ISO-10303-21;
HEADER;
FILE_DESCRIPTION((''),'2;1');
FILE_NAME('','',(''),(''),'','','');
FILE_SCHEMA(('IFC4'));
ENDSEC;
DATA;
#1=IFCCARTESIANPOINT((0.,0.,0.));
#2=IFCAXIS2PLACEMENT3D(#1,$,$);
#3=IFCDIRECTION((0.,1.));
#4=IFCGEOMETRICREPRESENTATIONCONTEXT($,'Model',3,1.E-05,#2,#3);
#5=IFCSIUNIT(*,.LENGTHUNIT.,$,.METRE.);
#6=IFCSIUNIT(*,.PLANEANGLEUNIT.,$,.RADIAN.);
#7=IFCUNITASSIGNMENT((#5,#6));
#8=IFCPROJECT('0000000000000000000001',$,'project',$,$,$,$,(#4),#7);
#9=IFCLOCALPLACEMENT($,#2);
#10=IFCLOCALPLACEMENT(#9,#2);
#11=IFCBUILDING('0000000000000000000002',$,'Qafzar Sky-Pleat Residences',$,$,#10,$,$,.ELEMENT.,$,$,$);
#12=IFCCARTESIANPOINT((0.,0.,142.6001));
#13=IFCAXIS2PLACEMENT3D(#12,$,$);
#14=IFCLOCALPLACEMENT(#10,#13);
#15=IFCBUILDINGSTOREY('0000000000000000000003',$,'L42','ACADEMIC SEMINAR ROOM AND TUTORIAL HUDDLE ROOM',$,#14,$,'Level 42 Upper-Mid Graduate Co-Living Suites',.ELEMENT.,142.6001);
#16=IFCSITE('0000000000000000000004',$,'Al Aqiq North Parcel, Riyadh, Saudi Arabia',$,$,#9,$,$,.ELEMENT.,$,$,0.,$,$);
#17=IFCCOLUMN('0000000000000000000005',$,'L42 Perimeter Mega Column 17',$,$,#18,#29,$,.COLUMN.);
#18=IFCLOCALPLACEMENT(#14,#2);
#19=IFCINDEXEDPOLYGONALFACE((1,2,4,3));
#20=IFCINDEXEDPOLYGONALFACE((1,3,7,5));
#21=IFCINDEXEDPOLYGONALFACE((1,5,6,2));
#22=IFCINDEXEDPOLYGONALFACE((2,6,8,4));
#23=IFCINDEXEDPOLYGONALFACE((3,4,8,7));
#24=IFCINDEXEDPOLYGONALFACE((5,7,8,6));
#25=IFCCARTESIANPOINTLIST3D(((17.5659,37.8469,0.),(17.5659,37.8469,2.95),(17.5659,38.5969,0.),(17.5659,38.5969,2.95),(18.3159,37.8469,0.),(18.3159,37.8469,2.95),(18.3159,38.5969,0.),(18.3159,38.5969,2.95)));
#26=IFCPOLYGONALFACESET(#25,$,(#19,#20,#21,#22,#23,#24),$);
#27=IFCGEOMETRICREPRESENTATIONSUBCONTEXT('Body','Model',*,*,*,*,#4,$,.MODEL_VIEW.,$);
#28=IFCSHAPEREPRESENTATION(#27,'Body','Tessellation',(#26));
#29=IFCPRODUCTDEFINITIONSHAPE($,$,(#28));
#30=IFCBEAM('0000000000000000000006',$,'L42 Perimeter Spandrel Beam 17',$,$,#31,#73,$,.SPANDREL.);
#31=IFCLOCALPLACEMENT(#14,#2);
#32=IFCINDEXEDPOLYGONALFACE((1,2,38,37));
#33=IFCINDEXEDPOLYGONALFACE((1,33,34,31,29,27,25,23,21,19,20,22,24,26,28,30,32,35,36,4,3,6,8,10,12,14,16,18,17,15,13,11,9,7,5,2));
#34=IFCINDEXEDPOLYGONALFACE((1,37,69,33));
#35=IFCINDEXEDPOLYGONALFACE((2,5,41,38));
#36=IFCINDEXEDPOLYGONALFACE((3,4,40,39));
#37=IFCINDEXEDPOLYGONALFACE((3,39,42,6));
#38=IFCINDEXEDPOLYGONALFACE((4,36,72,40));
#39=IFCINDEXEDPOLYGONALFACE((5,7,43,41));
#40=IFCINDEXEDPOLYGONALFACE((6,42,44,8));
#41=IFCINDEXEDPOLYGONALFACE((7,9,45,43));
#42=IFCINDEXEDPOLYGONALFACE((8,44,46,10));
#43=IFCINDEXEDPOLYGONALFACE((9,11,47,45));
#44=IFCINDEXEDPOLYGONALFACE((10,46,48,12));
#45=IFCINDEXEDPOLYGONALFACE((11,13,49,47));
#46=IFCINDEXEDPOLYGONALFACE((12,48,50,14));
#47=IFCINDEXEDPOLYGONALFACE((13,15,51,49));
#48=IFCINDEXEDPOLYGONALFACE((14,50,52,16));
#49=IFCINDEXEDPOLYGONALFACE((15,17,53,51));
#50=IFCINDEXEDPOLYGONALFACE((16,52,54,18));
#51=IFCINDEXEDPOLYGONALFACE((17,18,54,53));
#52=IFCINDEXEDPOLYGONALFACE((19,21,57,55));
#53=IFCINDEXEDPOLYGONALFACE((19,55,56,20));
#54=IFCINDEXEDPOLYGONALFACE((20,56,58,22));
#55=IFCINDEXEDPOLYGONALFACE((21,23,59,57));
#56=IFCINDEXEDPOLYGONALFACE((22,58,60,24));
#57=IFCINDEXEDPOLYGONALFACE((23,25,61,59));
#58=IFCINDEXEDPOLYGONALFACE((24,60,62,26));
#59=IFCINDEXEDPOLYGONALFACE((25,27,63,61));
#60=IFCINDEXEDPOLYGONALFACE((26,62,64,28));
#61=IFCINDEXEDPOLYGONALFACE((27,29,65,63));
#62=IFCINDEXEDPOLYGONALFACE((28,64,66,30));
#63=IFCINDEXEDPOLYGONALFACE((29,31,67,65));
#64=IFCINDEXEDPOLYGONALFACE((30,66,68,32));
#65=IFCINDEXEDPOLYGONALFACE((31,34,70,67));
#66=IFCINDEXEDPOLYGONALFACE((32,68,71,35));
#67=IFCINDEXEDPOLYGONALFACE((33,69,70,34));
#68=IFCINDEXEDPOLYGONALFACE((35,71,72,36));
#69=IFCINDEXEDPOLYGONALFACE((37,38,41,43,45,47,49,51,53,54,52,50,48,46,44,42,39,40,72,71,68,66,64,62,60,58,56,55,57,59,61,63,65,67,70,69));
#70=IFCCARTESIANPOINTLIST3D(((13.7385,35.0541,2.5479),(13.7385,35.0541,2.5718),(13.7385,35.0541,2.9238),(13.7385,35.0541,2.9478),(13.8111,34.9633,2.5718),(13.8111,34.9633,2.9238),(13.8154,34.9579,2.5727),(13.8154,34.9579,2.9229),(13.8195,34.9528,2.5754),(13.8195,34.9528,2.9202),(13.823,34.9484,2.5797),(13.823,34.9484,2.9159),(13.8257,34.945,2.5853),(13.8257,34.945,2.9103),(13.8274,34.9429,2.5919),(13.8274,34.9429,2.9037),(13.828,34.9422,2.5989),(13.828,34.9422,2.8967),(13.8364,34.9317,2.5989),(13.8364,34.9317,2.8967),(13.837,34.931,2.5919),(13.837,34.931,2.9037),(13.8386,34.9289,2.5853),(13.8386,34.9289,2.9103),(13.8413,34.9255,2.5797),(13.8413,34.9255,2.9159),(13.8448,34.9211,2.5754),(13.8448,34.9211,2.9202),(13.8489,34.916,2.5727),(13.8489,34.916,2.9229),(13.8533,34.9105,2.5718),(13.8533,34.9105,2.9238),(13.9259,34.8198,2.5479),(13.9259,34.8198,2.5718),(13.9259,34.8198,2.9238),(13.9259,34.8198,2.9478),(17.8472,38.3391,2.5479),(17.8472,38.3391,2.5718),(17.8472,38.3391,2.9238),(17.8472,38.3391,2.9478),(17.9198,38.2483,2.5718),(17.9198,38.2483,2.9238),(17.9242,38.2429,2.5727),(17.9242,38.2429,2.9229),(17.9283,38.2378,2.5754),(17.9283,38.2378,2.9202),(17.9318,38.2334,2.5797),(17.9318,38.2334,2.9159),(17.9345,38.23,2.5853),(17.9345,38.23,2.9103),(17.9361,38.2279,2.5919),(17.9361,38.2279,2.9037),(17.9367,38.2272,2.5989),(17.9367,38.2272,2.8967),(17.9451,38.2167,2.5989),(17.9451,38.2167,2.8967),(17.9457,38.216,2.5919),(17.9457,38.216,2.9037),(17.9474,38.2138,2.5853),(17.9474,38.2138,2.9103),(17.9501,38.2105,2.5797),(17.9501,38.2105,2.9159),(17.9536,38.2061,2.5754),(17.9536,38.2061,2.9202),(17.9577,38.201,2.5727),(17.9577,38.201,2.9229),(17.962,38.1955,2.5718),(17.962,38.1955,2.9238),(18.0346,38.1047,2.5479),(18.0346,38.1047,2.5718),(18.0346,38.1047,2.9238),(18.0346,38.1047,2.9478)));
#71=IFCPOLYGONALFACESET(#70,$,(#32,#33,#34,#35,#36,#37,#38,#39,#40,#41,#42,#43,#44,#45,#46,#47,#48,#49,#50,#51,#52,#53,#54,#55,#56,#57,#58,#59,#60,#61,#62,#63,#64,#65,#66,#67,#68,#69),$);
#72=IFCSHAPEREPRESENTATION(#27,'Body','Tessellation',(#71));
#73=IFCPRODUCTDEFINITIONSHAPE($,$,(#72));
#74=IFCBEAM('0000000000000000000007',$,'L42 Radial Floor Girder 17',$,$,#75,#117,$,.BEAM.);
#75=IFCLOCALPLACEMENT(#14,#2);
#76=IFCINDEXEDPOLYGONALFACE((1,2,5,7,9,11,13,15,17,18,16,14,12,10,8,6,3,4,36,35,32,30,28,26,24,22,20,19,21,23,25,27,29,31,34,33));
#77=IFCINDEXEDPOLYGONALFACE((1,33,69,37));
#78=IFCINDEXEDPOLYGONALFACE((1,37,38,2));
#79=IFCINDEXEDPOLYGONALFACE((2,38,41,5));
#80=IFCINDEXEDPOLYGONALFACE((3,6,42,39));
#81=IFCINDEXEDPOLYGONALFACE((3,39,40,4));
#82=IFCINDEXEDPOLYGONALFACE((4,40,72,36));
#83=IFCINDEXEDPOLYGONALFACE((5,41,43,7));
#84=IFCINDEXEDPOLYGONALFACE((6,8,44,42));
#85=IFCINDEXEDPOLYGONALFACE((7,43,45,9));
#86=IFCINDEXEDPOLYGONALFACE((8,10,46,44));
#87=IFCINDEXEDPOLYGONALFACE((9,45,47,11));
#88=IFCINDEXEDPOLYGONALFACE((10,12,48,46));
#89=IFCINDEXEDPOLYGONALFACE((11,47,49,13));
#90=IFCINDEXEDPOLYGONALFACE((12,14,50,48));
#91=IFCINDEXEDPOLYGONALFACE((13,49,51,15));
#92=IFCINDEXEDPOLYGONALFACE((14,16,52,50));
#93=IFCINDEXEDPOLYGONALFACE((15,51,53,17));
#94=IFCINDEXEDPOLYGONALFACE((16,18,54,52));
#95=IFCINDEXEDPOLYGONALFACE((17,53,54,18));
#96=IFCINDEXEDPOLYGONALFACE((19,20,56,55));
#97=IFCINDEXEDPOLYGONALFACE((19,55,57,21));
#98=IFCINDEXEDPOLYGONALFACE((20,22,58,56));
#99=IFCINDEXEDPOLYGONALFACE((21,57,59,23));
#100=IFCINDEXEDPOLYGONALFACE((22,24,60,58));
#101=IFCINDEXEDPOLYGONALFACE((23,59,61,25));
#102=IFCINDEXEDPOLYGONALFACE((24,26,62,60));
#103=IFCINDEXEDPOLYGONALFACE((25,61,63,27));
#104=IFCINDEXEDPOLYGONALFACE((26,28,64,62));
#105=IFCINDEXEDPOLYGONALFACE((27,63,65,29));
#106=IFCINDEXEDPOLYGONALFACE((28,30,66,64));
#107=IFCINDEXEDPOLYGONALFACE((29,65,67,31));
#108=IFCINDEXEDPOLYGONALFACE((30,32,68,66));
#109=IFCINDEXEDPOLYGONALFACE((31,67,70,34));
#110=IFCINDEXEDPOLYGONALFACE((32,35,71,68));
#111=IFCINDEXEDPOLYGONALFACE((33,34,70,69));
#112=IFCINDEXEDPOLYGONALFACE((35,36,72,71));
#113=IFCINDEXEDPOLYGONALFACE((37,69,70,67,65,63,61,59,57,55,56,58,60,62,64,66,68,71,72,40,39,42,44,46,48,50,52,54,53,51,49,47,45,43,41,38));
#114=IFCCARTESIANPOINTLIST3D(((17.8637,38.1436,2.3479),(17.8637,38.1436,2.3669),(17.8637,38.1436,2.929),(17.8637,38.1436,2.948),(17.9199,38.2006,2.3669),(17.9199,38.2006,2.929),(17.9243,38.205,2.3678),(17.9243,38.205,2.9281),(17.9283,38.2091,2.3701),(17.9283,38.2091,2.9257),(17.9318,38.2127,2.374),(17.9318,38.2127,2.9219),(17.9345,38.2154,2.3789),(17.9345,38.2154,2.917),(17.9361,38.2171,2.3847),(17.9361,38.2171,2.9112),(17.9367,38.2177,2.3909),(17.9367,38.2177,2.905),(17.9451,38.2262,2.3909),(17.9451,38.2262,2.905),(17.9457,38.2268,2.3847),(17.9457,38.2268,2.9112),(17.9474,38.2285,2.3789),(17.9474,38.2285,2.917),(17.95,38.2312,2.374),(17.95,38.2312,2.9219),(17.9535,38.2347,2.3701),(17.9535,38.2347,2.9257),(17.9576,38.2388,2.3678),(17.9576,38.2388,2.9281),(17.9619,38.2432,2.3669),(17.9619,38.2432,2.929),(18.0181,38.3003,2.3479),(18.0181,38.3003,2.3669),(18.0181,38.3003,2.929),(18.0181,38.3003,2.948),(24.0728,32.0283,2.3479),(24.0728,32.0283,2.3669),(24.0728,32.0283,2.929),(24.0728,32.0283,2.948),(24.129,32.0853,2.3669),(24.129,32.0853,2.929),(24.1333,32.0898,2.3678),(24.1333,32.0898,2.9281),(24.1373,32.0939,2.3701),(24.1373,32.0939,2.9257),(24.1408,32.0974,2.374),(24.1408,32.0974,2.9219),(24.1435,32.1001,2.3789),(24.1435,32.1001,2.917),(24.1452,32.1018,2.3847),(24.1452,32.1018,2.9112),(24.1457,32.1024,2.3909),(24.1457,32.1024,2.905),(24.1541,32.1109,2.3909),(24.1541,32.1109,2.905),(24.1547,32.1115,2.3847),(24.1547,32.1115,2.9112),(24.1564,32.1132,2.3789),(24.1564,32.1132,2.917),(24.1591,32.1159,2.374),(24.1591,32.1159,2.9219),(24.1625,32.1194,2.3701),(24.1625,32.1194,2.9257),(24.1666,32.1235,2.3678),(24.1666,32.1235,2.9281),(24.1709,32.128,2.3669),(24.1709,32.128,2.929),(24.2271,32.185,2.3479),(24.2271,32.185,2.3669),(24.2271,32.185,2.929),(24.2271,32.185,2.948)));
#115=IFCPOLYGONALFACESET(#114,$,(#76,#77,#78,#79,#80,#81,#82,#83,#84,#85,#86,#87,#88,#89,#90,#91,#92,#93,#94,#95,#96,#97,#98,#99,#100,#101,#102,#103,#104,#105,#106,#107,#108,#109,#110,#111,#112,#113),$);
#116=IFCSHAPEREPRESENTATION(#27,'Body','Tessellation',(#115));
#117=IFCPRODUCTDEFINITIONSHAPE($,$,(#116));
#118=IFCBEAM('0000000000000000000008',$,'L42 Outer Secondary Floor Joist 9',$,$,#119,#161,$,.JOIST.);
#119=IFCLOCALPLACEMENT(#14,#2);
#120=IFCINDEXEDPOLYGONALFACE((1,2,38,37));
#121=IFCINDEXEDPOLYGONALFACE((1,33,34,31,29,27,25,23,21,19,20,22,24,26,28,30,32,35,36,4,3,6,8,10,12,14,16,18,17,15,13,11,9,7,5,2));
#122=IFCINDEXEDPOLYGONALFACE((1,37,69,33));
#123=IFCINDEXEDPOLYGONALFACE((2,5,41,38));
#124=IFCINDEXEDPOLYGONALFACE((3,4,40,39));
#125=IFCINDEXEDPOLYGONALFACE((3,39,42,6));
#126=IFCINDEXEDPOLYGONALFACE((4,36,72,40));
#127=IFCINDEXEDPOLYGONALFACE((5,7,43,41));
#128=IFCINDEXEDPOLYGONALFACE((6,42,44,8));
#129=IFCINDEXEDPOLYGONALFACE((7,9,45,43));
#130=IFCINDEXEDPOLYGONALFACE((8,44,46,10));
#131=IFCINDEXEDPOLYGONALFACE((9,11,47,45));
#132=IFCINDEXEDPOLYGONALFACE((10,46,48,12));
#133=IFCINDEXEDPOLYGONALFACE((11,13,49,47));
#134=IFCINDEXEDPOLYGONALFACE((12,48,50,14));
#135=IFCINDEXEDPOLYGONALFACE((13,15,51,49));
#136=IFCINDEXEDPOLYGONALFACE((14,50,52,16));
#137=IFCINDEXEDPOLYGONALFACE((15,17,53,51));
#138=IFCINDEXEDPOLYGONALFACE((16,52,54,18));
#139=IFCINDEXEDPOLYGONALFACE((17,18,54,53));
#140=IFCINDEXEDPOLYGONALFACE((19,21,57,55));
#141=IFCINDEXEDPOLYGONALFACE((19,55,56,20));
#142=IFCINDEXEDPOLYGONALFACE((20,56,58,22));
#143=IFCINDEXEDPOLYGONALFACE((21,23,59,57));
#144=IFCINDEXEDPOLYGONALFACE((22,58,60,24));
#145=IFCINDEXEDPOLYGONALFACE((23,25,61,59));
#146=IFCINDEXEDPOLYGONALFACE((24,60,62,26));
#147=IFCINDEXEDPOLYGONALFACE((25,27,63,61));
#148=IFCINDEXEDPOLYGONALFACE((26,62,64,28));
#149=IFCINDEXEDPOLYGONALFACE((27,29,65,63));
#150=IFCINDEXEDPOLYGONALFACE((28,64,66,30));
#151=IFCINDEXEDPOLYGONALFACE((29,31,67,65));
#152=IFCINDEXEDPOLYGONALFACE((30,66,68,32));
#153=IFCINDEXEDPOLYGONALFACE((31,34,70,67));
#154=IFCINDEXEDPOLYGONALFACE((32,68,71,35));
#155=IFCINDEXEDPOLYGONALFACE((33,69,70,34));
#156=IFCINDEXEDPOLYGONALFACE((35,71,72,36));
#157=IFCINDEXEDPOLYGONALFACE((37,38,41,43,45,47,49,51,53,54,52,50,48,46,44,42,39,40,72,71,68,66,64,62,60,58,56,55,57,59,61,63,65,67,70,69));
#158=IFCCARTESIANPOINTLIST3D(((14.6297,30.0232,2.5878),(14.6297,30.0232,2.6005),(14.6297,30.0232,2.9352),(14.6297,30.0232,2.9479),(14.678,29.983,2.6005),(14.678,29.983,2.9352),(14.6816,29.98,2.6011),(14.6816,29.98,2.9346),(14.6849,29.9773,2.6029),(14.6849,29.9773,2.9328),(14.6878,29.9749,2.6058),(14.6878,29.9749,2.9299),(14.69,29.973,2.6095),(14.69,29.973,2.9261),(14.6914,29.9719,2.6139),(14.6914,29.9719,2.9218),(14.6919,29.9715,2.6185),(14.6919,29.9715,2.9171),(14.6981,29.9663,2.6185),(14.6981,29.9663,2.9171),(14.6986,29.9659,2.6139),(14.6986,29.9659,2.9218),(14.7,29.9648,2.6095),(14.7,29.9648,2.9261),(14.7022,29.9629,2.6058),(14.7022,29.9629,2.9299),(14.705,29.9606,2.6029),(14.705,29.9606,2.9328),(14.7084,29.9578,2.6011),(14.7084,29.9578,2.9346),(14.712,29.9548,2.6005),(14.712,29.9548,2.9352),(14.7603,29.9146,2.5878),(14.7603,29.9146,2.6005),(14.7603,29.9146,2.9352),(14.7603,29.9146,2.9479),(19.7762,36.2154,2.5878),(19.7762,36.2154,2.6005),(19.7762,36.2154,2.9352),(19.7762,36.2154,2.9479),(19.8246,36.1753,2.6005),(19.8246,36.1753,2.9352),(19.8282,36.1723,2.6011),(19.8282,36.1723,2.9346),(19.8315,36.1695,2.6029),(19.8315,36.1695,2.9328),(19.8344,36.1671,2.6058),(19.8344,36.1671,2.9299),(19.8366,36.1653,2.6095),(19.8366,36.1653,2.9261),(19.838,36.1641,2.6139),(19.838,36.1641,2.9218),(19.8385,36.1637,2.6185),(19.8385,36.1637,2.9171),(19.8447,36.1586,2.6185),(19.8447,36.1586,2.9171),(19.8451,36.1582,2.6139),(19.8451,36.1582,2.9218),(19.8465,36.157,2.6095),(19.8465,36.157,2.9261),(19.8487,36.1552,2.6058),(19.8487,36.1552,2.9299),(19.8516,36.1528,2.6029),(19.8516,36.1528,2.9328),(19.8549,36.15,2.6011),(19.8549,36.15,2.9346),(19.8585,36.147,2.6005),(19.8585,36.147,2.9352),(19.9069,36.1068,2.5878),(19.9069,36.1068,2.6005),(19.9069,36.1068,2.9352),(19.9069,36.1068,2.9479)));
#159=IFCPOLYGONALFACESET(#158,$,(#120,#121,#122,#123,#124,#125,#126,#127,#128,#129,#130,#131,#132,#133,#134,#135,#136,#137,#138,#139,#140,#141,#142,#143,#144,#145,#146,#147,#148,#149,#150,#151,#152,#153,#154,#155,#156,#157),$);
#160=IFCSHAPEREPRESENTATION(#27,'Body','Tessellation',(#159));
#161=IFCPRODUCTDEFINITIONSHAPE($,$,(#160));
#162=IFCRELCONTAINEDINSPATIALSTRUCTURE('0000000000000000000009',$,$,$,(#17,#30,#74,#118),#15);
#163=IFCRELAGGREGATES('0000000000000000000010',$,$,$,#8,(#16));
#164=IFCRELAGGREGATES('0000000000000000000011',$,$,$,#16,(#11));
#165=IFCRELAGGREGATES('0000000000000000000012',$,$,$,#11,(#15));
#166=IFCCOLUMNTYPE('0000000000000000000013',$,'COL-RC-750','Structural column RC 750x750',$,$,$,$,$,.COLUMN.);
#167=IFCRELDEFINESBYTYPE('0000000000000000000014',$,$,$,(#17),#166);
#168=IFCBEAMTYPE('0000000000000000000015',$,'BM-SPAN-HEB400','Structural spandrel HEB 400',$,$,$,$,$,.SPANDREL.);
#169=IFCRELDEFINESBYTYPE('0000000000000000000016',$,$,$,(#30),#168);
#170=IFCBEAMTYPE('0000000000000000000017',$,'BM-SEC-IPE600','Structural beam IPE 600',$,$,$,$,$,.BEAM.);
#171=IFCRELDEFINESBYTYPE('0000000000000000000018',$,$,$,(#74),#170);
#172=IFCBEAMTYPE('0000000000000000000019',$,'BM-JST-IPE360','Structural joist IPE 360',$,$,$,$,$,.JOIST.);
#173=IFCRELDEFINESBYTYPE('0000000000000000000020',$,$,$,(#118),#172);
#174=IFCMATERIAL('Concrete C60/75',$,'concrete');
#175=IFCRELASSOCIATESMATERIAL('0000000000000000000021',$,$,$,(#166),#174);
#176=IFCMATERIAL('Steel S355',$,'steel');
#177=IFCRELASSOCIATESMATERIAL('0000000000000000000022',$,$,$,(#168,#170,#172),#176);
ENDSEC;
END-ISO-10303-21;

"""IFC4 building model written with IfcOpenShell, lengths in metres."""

from ifc_helpers import new_model, si_unit, direction, frame, origin, origin_2d, place, context, subcontext, project, spatial, rectangle, i_section, extrude, source, transform, mapped, material, material_profile, profile_set, type_object, element, save


model = new_model("IFC4")

# Units and contexts
model_context = context("Model", 3, precision=1e-05, world=origin(), true_north=direction((0.0, 1.0)))
body_context = subcontext(model_context, "Body", "Model", "MODEL_VIEW")
ifc_project = project(units=[si_unit("LENGTHUNIT", "METRE"), si_unit("PLANEANGLEUNIT", "RADIAN")], contexts=[model_context])

# Site, building, storey
site_placement = place(None, origin())
site = spatial("IfcSite", under=ifc_project, at=site_placement, Name="Al Aqiq North Parcel, Riyadh, Saudi Arabia", CompositionType="ELEMENT", RefElevation=0.0)
building_placement = place(site_placement, origin())
building = spatial("IfcBuilding", under=site, at=building_placement, Name="Qafzar Sky-Pleat Residences", CompositionType="ELEMENT")
storey_placement = place(building_placement, frame((0.0, 0.0, 142.6001)))
storey = spatial("IfcBuildingStorey", under=building, at=storey_placement, Name="L42", Description="ACADEMIC SEMINAR ROOM AND TUTORIAL HUDDLE ROOM", LongName="Level 42 Upper-Mid Graduate Co-Living Suites", CompositionType="ELEMENT", Elevation=142.6001)

# Column
ifc_material_1 = material(Name="Concrete C60/75", Category="concrete")
ifc_material_profile_1 = material_profile(ifc_material_1, rectangle(XDim=0.75, YDim=0.75, at=origin_2d()), Name="RC 750x750")
ifc_profile_set_1 = profile_set([ifc_material_profile_1], Name="Concrete C60/75")
column_type = type_object("IfcColumnType", Name="COL-RC-750", Description="Structural column RC 750x750", PredefinedType="COLUMN", material=ifc_profile_set_1)
shared_shape_1 = source(origin(), body_context, "Body", "SweptSolid", [
    extrude(rectangle(XDim=0.75, YDim=0.75, at=origin_2d()), origin(), (0.0, 0.0, 1.0), 2.95),
])
column_placement = place(storey_placement, frame((17.9409, 38.2219, 0.0), z_axis=(0.0, 0.0, 1.0), x_axis=(1.0, 0.0, 0.0)))
element("IfcColumn", 1, at=column_placement, inside=storey, type_object=column_type, Name="L42 Perimeter Mega Column 17", PredefinedType="COLUMN", context=body_context, shape_type="MappedRepresentation", body=[
    mapped(shared_shape_1, transform((0.0, 0.0, 0.0), x_axis=(1.0, 0.0, 0.0), y_axis=(0.0, 1.0, 0.0), z_axis=(0.0, 0.0, 1.0), scale=1.0)),
])

# Beams
ifc_material_2 = material(Name="Steel S355", Category="steel")
ifc_material_profile_2 = material_profile(ifc_material_2, i_section(OverallWidth=0.3, OverallDepth=0.3999, WebThickness=0.0134, FlangeThickness=0.0239, FilletRadius=0.0271, at=origin_2d()), Name="HEB 400")
ifc_profile_set_2 = profile_set([ifc_material_profile_2], Name="Steel S355")
beam_type_1 = type_object("IfcBeamType", Name="BM-SPAN-HEB400", Description="Structural spandrel HEB 400", PredefinedType="SPANDREL", material=ifc_profile_set_2)
shared_shape_2 = source(origin(), body_context, "Body", "SweptSolid", [
    extrude(i_section(OverallWidth=0.3, OverallDepth=0.3999, WebThickness=0.0134, FlangeThickness=0.0239, FilletRadius=0.0271, at=origin_2d()), origin(), (0.0, 0.0, 1.0), 5.2605),
])
beam_1_placement = place(storey_placement, frame((17.9409, 38.2219, 2.7478), z_axis=(-0.781054, -0.624463, 0.0), x_axis=(0.624463, -0.781054, 0.0)))
element("IfcBeam", 2, at=beam_1_placement, inside=storey, type_object=beam_type_1, Name="L42 Perimeter Spandrel Beam 17", PredefinedType="SPANDREL", context=body_context, shape_type="MappedRepresentation", body=[
    mapped(shared_shape_2, transform((0.0, 0.0, 0.0), x_axis=(1.0, 0.0, 0.0), y_axis=(0.0, 1.0, 0.0), z_axis=(0.0, 0.0, 1.0), scale=1.0)),
])
ifc_material_profile_3 = material_profile(ifc_material_2, i_section(OverallWidth=0.22, OverallDepth=0.6001, WebThickness=0.012, FlangeThickness=0.019, FilletRadius=0.0239, at=origin_2d()), Name="IPE 600")
ifc_profile_set_3 = profile_set([ifc_material_profile_3], Name="Steel S355")
beam_type_2 = type_object("IfcBeamType", Name="BM-SEC-IPE600", Description="Structural beam IPE 600", PredefinedType="BEAM", material=ifc_profile_set_3)
shared_shape_3 = source(origin(), body_context, "Body", "SweptSolid", [
    extrude(i_section(OverallWidth=0.22, OverallDepth=0.6001, WebThickness=0.012, FlangeThickness=0.019, FilletRadius=0.0239, at=origin_2d()), origin(), (0.0, 0.0, 1.0), 8.7148),
])
beam_2_placement = place(storey_placement, frame((17.9409, 38.2219, 2.6479), z_axis=(0.712465, -0.701708, 0.0), x_axis=(0.701708, 0.712465, 0.0)))
element("IfcBeam", 3, at=beam_2_placement, inside=storey, type_object=beam_type_2, Name="L42 Radial Floor Girder 17", PredefinedType="BEAM", context=body_context, shape_type="MappedRepresentation", body=[
    mapped(shared_shape_3, transform((0.0, 0.0, 0.0), x_axis=(1.0, 0.0, 0.0), y_axis=(0.0, 1.0, 0.0), z_axis=(0.0, 0.0, 1.0), scale=1.0)),
])
ifc_material_profile_4 = material_profile(ifc_material_2, i_section(OverallWidth=0.1699, OverallDepth=0.3601, WebThickness=0.0081, FlangeThickness=0.0127, FilletRadius=0.0181, at=origin_2d()), Name="IPE 360")
ifc_profile_set_4 = profile_set([ifc_material_profile_4], Name="Steel S355")
beam_type_3 = type_object("IfcBeamType", Name="BM-JST-IPE360", Description="Structural joist IPE 360", PredefinedType="JOIST", material=ifc_profile_set_4)
shared_shape_4 = source(origin(), body_context, "Body", "SweptSolid", [
    extrude(i_section(OverallWidth=0.1699, OverallDepth=0.3601, WebThickness=0.0081, FlangeThickness=0.0127, FilletRadius=0.0181, at=origin_2d()), origin(), (0.0, 0.0, 1.0), 8.0518),
])
beam_3_placement = place(storey_placement, frame((19.8416, 36.1611, 2.7678), z_axis=(-0.639185, -0.769053, 0.0), x_axis=(0.769053, -0.639185, 0.0)))
element("IfcBeam", 4, at=beam_3_placement, inside=storey, type_object=beam_type_3, Name="L42 Outer Secondary Floor Joist 9", PredefinedType="JOIST", context=body_context, shape_type="MappedRepresentation", body=[
    mapped(shared_shape_4, transform((0.0, 0.0, 0.0), x_axis=(1.0, 0.0, 0.0), y_axis=(0.0, 1.0, 0.0), z_axis=(0.0, 0.0, 1.0), scale=1.0)),
])

save(model, "model.ifc")
